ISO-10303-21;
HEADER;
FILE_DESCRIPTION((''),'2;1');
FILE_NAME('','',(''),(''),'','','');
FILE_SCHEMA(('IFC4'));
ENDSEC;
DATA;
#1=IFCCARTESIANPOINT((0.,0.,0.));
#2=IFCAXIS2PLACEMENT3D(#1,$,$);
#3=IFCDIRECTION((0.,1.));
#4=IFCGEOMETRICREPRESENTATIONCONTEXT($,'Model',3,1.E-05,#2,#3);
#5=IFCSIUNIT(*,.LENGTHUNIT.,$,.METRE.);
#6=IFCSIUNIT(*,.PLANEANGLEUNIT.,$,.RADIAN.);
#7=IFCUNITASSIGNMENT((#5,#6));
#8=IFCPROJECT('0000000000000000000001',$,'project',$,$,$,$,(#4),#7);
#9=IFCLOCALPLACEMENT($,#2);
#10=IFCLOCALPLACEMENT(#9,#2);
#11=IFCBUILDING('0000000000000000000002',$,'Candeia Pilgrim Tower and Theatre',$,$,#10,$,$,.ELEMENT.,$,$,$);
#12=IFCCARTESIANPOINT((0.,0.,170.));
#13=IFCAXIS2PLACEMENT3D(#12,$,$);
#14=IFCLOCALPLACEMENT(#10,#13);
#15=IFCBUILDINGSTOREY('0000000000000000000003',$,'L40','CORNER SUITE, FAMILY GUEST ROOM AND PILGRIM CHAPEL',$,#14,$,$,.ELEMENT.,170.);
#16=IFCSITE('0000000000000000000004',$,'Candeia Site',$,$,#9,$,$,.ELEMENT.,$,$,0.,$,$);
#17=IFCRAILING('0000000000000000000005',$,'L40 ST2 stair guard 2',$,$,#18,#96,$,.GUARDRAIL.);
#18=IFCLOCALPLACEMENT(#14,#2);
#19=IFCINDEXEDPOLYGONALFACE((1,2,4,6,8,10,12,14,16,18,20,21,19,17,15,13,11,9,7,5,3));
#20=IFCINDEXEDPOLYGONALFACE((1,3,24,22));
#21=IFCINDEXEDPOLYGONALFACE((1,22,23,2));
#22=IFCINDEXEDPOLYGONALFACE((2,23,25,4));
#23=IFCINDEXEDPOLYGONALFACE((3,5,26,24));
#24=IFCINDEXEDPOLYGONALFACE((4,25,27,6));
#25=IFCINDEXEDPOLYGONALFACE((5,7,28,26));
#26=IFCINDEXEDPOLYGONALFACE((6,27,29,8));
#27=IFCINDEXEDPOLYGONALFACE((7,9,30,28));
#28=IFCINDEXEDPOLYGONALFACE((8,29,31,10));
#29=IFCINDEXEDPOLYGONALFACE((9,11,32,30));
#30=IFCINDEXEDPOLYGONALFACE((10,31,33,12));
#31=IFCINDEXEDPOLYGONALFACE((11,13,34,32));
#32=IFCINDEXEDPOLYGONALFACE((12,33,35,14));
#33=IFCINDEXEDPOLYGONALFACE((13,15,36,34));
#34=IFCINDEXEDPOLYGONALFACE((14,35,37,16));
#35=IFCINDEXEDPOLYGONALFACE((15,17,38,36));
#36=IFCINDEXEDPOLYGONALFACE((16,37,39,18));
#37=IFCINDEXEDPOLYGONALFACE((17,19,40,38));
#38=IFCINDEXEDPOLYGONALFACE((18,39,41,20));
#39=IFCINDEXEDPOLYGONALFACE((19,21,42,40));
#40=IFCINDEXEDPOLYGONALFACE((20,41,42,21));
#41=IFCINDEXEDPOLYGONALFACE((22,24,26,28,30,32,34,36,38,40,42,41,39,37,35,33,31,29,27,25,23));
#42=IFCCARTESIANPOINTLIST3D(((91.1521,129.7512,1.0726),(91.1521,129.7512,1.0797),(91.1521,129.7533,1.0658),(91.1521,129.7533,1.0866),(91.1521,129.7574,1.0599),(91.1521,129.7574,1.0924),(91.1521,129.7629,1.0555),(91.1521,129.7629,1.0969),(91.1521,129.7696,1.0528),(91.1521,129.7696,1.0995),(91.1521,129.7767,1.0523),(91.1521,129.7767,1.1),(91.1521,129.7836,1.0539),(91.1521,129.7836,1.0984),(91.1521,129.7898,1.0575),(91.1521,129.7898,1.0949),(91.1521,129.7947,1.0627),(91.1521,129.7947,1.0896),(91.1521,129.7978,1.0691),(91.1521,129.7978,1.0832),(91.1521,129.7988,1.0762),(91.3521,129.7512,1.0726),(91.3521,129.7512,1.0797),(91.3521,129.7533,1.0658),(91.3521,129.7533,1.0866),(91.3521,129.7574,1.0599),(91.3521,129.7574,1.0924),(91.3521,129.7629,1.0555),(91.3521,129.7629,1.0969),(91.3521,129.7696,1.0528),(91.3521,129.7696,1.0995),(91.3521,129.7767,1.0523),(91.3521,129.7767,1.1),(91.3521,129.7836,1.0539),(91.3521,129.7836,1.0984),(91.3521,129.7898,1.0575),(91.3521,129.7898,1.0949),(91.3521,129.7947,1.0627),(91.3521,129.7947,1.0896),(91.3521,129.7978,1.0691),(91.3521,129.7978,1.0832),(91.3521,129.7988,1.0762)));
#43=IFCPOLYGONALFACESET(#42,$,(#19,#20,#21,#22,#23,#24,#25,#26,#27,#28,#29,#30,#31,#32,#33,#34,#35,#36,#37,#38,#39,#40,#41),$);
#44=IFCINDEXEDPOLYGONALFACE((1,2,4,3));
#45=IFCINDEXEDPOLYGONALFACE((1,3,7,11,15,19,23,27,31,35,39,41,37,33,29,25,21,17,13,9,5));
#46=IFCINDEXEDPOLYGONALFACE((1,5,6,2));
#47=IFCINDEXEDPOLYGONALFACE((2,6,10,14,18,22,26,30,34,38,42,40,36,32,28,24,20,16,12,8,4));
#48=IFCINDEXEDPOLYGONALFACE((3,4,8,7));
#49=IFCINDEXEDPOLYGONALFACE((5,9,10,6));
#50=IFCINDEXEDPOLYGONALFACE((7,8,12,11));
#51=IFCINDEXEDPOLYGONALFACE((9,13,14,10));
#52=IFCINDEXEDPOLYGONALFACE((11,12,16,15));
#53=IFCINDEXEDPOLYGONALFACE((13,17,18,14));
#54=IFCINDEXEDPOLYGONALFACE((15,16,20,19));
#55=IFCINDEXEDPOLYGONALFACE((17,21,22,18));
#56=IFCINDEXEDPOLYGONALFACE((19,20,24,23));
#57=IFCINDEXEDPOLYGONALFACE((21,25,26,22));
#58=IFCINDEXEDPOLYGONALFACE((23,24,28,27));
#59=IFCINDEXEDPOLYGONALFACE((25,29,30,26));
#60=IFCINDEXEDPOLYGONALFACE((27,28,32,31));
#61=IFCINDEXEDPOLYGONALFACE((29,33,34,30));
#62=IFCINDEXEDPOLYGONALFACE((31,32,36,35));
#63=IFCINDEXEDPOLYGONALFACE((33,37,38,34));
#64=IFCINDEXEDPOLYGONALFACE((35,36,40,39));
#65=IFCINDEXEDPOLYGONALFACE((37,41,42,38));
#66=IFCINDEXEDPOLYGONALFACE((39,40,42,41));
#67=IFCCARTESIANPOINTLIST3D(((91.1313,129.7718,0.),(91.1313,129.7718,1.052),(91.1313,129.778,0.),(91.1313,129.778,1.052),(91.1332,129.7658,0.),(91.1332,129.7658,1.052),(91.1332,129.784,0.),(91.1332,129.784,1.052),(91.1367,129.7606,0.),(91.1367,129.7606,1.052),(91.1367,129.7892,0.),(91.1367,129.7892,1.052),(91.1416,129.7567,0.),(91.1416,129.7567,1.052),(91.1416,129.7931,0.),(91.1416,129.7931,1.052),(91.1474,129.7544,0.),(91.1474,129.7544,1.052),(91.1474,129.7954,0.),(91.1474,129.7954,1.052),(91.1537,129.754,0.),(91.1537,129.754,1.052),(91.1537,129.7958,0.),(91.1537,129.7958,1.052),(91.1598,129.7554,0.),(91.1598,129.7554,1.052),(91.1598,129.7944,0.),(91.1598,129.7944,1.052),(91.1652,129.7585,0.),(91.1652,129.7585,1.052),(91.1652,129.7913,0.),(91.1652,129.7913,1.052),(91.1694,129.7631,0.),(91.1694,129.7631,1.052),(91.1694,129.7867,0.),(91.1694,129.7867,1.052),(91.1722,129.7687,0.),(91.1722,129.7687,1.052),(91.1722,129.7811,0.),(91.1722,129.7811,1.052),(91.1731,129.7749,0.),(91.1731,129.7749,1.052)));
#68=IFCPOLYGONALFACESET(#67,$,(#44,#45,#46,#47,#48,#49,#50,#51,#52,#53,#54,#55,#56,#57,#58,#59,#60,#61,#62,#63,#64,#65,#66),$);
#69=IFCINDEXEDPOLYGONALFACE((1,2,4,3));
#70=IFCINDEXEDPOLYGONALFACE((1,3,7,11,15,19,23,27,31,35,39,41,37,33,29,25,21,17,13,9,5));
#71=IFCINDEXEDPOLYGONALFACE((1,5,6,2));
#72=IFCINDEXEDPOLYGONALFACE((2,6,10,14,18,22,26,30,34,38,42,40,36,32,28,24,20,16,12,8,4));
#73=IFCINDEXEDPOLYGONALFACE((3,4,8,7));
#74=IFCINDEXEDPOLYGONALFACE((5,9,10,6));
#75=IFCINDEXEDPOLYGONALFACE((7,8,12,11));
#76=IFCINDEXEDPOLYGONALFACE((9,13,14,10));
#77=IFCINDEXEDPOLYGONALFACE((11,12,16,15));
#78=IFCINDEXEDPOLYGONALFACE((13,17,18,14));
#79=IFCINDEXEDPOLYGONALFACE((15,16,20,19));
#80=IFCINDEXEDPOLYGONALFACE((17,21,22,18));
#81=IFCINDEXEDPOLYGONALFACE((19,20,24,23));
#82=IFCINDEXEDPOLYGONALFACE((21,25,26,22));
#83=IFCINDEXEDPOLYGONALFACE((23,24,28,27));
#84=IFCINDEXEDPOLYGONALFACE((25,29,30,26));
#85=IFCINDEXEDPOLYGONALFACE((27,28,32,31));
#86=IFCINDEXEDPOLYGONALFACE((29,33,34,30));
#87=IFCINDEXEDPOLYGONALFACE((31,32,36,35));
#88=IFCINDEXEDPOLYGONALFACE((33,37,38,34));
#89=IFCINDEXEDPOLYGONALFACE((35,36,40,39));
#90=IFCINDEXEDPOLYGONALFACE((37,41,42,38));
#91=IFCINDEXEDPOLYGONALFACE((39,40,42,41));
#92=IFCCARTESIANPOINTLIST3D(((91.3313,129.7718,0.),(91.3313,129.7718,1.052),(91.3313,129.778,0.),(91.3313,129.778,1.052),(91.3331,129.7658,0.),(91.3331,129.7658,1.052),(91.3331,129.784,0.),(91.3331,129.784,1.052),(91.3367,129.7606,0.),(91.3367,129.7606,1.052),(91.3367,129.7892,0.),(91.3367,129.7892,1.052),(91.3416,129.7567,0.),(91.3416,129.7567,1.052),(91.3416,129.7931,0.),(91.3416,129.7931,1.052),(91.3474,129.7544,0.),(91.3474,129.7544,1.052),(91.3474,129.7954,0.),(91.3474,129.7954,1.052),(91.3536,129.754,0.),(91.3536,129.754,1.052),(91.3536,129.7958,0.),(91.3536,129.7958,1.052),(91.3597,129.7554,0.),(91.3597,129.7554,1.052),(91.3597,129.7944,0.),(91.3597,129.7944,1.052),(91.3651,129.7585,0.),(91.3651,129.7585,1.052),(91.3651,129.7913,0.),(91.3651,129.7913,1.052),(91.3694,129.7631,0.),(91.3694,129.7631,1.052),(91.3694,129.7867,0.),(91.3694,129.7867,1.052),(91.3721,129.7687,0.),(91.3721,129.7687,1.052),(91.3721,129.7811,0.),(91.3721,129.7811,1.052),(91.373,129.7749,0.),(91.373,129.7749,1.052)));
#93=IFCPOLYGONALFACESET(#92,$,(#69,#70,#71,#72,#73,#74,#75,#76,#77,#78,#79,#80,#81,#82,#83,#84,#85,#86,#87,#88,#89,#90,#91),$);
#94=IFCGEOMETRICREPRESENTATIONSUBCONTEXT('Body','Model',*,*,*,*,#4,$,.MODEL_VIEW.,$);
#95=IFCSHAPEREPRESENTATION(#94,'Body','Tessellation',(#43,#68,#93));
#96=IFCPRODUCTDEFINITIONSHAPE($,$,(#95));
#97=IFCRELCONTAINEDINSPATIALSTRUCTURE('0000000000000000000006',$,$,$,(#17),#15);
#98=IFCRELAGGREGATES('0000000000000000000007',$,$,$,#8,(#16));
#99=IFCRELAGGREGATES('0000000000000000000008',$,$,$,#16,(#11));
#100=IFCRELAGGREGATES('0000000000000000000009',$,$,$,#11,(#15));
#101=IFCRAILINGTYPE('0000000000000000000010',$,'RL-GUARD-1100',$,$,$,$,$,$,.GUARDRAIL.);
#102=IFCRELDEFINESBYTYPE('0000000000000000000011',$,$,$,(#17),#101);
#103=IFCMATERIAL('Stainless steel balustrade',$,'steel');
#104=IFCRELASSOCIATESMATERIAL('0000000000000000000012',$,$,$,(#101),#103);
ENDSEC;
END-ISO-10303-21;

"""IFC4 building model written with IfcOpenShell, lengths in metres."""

from ifc_helpers import new_model, si_unit, direction, frame, origin, origin_2d, place, context, subcontext, project, spatial, circle, extrude, material, type_object, element, save


model = new_model("IFC4")

# Units and contexts
model_context = context("Model", 3, precision=1e-05, world=origin(), true_north=direction((0.0, 1.0)))
body_context = subcontext(model_context, "Body", "Model", "MODEL_VIEW")
ifc_project = project(units=[si_unit("LENGTHUNIT", "METRE"), si_unit("PLANEANGLEUNIT", "RADIAN")], contexts=[model_context])

# Site, building, storey
site_placement = place(None, origin())
site = spatial("IfcSite", under=ifc_project, at=site_placement, Name="Candeia Site", CompositionType="ELEMENT", RefElevation=0.0)
building_placement = place(site_placement, origin())
building = spatial("IfcBuilding", under=site, at=building_placement, Name="Candeia Pilgrim Tower and Theatre", CompositionType="ELEMENT")
storey_placement = place(building_placement, frame((0.0, 0.0, 170.0)))
storey = spatial("IfcBuildingStorey", under=building, at=storey_placement, Name="L40", Description="CORNER SUITE, FAMILY GUEST ROOM AND PILGRIM CHAPEL", CompositionType="ELEMENT", Elevation=170.0)

# Railing
ifc_material_1 = material(Name="Stainless steel balustrade", Category="steel")
railing_type_1 = type_object("IfcRailingType", Name="RL-GUARD-1100", PredefinedType="GUARDRAIL", material=ifc_material_1)
railing_1_placement = place(storey_placement, frame((91.1521, 129.7749, 0.0)))
element("IfcRailing", 1, at=railing_1_placement, inside=storey, type_object=railing_type_1, Name="L40 ST2 stair guard 2", PredefinedType="GUARDRAIL", context=body_context, shape_type="SweptSolid", body=[
    extrude(circle(Radius=0.0239, at=origin_2d()), frame((0.0, 0.0, 1.0762), z_axis=(1.0, 0.0, 0.0), x_axis=(0.0, 1.0, 0.0)), (0.0, 0.0, 1.0), 0.2),
    extrude(circle(Radius=0.021, at=origin_2d()), origin(), (0.0, 0.0, 1.0), 1.052),
    extrude(circle(Radius=0.021, at=origin_2d()), frame((0.2, 0.0, 0.0)), (0.0, 0.0, 1.0), 1.052),
])

save(model, "model.ifc")
